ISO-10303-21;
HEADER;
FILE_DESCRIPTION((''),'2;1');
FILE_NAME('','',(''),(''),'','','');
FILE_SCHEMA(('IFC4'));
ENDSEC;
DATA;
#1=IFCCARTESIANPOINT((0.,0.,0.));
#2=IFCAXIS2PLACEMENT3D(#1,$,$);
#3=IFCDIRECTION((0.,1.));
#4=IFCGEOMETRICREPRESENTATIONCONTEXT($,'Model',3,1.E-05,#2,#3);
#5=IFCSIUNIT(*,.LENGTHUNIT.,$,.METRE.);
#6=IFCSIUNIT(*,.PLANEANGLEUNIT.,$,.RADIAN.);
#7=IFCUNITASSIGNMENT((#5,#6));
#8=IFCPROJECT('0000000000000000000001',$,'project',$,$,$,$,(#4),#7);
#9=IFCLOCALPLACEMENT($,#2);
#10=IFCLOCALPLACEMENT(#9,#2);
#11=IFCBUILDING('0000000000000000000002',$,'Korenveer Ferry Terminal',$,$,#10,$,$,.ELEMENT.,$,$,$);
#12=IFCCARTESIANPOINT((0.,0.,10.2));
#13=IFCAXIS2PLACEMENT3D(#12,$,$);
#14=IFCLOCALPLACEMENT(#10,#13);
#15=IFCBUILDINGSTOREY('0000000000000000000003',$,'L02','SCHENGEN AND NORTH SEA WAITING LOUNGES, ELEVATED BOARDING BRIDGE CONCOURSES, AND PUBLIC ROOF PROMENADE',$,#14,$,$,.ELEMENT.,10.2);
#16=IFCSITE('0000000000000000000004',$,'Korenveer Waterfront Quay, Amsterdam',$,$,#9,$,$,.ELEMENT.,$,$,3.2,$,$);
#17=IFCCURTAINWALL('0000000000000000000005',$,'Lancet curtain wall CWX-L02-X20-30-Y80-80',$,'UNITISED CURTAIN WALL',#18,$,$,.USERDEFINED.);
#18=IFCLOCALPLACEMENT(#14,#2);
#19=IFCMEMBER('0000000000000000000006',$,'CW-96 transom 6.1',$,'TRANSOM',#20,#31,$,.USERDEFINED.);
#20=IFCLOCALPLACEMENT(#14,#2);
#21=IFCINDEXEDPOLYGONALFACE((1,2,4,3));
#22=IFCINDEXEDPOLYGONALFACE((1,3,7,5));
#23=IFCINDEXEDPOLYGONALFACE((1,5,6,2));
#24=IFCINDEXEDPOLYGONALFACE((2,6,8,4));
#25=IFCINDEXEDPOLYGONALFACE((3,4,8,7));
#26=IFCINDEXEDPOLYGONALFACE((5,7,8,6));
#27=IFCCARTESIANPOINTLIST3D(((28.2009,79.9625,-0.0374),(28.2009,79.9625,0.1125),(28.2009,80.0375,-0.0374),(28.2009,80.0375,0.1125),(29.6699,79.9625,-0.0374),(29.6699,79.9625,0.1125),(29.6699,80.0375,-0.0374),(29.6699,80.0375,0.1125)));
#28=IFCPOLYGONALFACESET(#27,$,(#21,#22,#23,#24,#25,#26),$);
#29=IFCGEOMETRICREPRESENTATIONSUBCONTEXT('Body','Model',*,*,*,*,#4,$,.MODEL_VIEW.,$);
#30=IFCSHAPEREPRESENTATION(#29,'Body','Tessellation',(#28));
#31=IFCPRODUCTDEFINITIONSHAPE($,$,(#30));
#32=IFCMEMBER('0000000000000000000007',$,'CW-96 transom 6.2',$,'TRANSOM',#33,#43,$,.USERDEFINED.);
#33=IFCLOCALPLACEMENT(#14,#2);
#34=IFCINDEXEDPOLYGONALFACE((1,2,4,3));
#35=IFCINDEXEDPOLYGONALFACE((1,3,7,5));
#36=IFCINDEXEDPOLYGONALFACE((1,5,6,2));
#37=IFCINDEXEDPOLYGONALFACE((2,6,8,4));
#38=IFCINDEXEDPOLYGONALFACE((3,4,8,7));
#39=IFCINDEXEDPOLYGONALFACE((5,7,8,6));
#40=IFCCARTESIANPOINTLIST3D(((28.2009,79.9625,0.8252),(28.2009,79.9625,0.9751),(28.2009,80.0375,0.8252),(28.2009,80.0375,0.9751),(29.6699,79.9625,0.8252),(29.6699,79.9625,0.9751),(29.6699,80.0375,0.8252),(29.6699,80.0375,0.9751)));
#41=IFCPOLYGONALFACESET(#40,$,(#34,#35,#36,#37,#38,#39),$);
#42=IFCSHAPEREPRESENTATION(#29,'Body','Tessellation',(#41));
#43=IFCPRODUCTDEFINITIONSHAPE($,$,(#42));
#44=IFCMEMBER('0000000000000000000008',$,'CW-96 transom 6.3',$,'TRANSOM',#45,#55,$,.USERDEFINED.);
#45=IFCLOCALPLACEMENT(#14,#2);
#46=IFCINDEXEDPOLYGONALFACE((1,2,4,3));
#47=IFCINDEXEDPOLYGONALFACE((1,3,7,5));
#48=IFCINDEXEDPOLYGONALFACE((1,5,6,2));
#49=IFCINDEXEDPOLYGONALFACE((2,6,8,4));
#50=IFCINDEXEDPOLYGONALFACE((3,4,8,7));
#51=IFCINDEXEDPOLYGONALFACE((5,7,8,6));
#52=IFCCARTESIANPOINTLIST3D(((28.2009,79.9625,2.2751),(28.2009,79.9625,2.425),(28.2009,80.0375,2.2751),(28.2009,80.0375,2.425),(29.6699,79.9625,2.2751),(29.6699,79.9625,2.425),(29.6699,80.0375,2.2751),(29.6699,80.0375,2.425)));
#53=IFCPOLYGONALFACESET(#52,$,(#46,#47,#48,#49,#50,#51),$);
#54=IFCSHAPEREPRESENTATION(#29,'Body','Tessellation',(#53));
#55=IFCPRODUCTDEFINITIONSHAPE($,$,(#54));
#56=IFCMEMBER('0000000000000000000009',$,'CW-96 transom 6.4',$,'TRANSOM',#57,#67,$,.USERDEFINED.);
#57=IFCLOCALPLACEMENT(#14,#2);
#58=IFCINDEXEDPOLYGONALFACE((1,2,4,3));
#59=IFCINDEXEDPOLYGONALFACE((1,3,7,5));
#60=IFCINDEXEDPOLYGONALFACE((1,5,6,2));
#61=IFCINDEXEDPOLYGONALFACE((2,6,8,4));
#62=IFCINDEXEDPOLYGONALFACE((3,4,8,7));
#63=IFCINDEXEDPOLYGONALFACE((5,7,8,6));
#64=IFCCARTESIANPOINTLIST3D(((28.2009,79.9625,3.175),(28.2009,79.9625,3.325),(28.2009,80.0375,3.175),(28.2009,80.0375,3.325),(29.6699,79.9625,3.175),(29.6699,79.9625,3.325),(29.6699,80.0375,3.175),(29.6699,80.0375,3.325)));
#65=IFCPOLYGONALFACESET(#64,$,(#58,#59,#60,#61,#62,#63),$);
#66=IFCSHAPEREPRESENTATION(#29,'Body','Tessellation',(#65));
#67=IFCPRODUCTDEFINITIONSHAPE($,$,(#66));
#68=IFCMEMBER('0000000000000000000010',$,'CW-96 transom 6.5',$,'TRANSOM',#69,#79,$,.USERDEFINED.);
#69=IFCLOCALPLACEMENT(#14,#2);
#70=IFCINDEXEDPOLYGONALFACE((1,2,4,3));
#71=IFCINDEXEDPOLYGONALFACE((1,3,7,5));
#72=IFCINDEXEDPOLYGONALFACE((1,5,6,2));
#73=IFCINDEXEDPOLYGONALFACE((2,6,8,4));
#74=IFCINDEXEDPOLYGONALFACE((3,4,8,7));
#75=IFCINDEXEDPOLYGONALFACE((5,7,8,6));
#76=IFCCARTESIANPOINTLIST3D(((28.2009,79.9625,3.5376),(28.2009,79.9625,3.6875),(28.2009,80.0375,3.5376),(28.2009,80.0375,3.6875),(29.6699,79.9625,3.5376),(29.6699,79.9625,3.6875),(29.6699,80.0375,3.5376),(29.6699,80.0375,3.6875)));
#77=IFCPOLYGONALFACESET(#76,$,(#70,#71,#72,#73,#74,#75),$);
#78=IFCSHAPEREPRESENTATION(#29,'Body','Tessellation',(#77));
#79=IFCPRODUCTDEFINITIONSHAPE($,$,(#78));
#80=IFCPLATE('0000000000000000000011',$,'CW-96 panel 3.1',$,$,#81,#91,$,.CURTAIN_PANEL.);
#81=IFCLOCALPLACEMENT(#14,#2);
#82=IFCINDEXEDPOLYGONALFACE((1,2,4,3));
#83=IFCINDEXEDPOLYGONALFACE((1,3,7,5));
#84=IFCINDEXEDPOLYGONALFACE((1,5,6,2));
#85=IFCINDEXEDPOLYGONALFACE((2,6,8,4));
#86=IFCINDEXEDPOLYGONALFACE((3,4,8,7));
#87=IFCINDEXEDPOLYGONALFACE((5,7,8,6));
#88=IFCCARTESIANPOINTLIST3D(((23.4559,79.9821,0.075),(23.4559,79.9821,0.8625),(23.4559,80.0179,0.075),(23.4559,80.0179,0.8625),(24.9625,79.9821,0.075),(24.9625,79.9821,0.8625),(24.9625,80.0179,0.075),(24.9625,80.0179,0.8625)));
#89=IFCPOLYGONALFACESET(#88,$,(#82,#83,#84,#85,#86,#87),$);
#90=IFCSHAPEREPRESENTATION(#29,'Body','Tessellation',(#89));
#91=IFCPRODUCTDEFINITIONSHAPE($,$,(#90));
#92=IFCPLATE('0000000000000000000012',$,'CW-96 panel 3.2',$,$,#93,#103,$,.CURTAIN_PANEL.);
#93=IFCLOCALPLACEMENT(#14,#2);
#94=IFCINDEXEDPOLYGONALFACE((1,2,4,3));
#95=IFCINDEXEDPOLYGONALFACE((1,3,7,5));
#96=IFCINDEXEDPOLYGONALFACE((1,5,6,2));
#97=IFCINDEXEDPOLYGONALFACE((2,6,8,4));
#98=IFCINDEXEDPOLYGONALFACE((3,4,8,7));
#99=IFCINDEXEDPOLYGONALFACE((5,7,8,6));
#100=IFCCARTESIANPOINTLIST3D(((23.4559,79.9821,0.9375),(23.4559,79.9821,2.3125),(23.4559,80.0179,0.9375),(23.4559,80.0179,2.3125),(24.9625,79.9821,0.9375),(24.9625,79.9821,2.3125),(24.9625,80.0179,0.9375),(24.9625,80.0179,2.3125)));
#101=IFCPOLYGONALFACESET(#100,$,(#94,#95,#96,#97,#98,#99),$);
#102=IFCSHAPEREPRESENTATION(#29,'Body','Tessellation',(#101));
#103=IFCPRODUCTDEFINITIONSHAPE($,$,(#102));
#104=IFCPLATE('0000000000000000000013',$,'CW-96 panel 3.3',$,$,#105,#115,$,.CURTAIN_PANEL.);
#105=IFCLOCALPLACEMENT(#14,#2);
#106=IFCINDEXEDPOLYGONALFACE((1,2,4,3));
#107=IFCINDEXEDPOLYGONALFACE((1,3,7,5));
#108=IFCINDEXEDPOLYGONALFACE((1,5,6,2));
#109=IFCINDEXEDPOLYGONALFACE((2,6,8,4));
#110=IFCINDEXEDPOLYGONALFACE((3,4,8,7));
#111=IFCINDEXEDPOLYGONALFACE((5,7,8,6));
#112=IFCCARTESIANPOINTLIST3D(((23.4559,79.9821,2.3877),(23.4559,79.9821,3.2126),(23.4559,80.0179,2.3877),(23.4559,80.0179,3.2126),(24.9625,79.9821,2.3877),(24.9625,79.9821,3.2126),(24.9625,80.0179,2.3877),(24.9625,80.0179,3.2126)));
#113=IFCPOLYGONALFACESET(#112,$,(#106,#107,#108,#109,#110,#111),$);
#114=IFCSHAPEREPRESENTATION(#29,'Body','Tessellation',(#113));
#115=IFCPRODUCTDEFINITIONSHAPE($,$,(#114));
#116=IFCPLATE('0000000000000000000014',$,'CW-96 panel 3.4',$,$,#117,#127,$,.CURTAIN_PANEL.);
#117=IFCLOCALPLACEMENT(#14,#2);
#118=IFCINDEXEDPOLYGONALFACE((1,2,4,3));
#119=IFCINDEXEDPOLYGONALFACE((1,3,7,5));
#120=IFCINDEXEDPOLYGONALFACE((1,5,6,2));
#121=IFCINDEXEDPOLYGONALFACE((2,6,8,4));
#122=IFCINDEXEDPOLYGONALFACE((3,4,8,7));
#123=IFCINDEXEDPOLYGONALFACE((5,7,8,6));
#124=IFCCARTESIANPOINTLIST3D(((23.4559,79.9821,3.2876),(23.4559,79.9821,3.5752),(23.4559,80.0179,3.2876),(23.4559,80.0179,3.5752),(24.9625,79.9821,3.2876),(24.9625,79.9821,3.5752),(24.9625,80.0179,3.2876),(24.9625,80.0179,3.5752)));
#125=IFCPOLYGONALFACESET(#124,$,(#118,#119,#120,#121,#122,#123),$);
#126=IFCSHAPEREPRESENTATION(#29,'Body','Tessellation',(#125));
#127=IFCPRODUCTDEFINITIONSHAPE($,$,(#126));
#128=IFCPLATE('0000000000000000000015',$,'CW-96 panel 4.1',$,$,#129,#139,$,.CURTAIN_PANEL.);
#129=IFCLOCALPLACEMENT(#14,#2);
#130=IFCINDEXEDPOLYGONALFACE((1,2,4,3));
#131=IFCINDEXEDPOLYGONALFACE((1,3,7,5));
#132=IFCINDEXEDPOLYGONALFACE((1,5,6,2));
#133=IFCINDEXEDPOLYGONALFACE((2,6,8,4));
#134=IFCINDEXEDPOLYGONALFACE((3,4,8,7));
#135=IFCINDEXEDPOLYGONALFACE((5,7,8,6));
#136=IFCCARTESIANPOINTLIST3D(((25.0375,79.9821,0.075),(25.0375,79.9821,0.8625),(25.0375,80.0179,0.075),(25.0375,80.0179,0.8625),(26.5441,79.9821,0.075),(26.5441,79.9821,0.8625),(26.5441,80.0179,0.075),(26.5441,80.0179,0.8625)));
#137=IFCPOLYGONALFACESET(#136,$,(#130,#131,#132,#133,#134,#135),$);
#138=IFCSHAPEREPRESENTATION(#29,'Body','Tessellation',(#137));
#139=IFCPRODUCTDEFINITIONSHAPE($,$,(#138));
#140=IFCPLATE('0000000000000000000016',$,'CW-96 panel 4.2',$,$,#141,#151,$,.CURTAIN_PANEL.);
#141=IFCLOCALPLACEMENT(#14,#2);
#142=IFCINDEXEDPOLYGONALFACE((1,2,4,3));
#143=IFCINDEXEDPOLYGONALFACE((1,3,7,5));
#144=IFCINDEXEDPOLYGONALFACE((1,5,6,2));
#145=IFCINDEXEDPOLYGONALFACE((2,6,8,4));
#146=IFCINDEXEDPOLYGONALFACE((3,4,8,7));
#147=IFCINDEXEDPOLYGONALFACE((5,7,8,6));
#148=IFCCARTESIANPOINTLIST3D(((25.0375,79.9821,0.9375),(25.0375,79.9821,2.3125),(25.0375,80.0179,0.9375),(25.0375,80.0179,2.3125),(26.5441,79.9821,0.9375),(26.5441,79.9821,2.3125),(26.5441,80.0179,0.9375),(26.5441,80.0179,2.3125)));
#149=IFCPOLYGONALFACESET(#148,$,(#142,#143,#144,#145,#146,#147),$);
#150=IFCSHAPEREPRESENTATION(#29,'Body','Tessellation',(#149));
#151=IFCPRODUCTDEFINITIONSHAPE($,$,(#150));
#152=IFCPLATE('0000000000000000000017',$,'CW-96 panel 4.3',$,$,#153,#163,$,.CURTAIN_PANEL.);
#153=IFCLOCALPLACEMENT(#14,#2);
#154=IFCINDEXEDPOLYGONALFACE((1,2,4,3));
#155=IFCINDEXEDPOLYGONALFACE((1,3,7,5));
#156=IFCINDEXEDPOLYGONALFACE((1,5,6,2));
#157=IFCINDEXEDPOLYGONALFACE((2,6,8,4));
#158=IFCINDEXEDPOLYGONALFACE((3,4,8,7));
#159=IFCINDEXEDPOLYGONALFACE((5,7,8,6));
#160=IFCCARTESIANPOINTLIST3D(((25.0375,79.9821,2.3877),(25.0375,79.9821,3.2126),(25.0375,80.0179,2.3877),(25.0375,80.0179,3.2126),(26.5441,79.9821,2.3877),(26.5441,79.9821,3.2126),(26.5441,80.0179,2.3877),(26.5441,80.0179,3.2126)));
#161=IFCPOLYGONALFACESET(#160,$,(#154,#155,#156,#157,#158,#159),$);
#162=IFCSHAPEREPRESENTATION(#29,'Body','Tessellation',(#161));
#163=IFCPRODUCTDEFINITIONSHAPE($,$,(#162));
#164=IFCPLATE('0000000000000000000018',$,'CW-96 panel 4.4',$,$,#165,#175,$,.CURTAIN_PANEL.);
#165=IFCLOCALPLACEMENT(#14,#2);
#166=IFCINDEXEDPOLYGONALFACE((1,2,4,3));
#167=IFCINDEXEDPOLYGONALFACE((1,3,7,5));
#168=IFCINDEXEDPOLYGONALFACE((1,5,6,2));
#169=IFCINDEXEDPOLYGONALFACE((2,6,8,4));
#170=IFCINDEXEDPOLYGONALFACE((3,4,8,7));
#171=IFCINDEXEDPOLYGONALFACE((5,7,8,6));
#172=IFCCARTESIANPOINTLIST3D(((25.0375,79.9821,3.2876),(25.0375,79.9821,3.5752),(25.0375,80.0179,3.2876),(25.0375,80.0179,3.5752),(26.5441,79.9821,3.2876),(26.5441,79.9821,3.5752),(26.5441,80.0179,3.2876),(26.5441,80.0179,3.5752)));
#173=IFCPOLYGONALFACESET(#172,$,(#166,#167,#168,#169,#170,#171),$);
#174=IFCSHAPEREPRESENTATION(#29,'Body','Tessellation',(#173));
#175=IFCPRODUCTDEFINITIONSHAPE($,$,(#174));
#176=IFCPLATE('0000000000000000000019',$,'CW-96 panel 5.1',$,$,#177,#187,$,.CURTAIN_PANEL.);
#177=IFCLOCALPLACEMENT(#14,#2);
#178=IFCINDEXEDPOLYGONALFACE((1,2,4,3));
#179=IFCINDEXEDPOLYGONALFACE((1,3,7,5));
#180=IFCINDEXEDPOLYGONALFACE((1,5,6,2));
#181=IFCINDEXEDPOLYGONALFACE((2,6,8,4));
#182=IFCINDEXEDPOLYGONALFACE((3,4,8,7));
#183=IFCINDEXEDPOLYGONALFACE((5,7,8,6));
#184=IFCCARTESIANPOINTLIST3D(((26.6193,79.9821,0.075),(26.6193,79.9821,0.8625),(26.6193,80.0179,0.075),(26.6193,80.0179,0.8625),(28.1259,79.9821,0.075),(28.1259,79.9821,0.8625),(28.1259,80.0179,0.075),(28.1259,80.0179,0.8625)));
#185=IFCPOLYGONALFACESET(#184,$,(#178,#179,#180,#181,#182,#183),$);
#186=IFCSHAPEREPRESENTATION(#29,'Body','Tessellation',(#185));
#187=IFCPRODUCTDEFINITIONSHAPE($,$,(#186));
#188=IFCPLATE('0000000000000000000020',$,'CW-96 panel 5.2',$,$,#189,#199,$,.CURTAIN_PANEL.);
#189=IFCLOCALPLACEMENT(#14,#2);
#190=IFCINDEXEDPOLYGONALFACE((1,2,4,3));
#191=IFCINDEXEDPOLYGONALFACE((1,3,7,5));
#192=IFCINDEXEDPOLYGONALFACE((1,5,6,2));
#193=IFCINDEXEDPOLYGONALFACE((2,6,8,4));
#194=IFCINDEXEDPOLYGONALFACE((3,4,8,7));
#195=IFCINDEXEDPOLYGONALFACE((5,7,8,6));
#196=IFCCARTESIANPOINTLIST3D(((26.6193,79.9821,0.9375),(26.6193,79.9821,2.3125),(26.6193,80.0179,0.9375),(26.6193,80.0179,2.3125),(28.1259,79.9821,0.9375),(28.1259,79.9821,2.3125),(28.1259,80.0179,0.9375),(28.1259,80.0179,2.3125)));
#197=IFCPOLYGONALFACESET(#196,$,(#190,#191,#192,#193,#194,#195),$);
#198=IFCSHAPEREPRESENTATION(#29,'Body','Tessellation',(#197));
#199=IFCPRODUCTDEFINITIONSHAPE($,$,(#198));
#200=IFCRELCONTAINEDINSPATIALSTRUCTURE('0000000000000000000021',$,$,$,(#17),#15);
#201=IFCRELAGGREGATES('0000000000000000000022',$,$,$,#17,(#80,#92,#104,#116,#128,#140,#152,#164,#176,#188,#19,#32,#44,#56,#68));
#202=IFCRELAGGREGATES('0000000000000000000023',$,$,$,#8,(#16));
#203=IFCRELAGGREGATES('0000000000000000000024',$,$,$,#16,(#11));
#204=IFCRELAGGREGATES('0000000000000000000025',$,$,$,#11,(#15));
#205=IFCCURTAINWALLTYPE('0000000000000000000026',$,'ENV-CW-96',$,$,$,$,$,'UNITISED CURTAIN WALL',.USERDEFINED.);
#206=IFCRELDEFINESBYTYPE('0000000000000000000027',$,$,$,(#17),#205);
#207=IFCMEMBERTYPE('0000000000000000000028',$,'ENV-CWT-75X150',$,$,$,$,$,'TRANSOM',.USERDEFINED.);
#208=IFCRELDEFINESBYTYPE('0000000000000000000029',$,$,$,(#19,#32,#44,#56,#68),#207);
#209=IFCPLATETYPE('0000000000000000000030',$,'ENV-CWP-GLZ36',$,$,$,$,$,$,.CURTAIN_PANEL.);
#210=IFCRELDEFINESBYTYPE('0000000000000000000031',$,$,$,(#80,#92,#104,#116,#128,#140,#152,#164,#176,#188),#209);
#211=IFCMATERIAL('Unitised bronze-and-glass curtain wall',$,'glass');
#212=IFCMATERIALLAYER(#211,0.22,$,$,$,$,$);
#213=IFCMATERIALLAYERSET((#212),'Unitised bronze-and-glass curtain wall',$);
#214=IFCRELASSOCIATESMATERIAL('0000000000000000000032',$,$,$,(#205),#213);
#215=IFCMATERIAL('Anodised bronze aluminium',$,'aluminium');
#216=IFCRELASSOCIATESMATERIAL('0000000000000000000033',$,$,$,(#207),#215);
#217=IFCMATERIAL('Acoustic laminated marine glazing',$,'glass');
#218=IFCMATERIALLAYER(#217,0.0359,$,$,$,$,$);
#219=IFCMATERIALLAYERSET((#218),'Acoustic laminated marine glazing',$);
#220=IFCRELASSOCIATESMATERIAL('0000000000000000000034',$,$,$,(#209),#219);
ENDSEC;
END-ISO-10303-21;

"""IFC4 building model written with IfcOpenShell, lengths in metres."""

from ifc_helpers import new_model, si_unit, direction, frame, origin, origin_2d, place, context, subcontext, project, spatial, rectangle, extrude, material, layer, layer_set, material_profile, profile_set, type_object, element, aggregate, save


model = new_model("IFC4")

# Units and contexts
model_context = context("Model", 3, precision=1e-05, world=origin(), true_north=direction((0.0, 1.0)))
body_context = subcontext(model_context, "Body", "Model", "MODEL_VIEW")
ifc_project = project(units=[si_unit("LENGTHUNIT", "METRE"), si_unit("PLANEANGLEUNIT", "RADIAN")], contexts=[model_context])

# Site, building, storey
site_placement = place(None, origin())
site = spatial("IfcSite", under=ifc_project, at=site_placement, Name="Korenveer Waterfront Quay, Amsterdam", CompositionType="ELEMENT", RefElevation=3.2)
building_placement = place(site_placement, origin())
building = spatial("IfcBuilding", under=site, at=building_placement, Name="Korenveer Ferry Terminal", CompositionType="ELEMENT")
storey_placement = place(building_placement, frame((0.0, 0.0, 10.2)))
storey = spatial("IfcBuildingStorey", under=building, at=storey_placement, Name="L02", Description="SCHENGEN AND NORTH SEA WAITING LOUNGES, ELEVATED BOARDING BRIDGE CONCOURSES, AND PUBLIC ROOF PROMENADE", CompositionType="ELEMENT", Elevation=10.2)

# Curtain wall, members, plates
ifc_material_1 = material(Name="Unitised bronze-and-glass curtain wall", Category="glass")
ifc_layer_1 = layer(ifc_material_1, 0.22)
ifc_layer_set_1 = layer_set([ifc_layer_1], Name="Unitised bronze-and-glass curtain wall")
curtain_wall_type = type_object("IfcCurtainWallType", Name="ENV-CW-96", ElementType="UNITISED CURTAIN WALL", PredefinedType="USERDEFINED", material=ifc_layer_set_1)
curtain_wall_placement = place(storey_placement, frame((20.2549, 80.0, 0.0)))
curtain_wall = element("IfcCurtainWall", 1, at=curtain_wall_placement, inside=storey, type_object=curtain_wall_type, Name="Lancet curtain wall CWX-L02-X20-30-Y80-80", ObjectType="UNITISED CURTAIN WALL", PredefinedType="USERDEFINED")
ifc_material_2 = material(Name="Anodised bronze aluminium", Category="aluminium")
ifc_material_profile_1 = material_profile(ifc_material_2, rectangle(XDim=0.075, YDim=0.1499, at=origin_2d()), Name="ALU 75x150")
ifc_profile_set_1 = profile_set([ifc_material_profile_1], Name="Anodised bronze aluminium")
member_type_1 = type_object("IfcMemberType", Name="ENV-CWT-75X150", ElementType="TRANSOM", PredefinedType="USERDEFINED", material=ifc_profile_set_1)
member_1_placement = place(storey_placement, frame((28.2009, 80.0, 0.0376), z_axis=(1.0, 0.0, 0.0), x_axis=(0.0, 1.0, 0.0)))
member_1 = element("IfcMember", 2, at=member_1_placement, type_object=member_type_1, Name="CW-96 transom 6.1", ObjectType="TRANSOM", PredefinedType="USERDEFINED", context=body_context, shape_type="SweptSolid", body=[
    extrude(rectangle(XDim=0.075, YDim=0.1499, at=origin_2d()), origin(), (0.0, 0.0, 1.0), 1.469),
])
member_2_placement = place(storey_placement, frame((28.2009, 80.0, 0.9001), z_axis=(1.0, 0.0, 0.0), x_axis=(0.0, 1.0, 0.0)))
member_2 = element("IfcMember", 3, at=member_2_placement, type_object=member_type_1, Name="CW-96 transom 6.2", ObjectType="TRANSOM", PredefinedType="USERDEFINED", context=body_context, shape_type="SweptSolid", body=[
    extrude(rectangle(XDim=0.075, YDim=0.1499, at=origin_2d()), origin(), (0.0, 0.0, 1.0), 1.469),
])
member_3_placement = place(storey_placement, frame((28.2009, 80.0, 2.3501), z_axis=(1.0, 0.0, 0.0), x_axis=(0.0, 1.0, 0.0)))
member_3 = element("IfcMember", 4, at=member_3_placement, type_object=member_type_1, Name="CW-96 transom 6.3", ObjectType="TRANSOM", PredefinedType="USERDEFINED", context=body_context, shape_type="SweptSolid", body=[
    extrude(rectangle(XDim=0.075, YDim=0.1499, at=origin_2d()), origin(), (0.0, 0.0, 1.0), 1.469),
])
member_4_placement = place(storey_placement, frame((28.2009, 80.0, 3.25), z_axis=(1.0, 0.0, 0.0), x_axis=(0.0, 1.0, 0.0)))
member_4 = element("IfcMember", 5, at=member_4_placement, type_object=member_type_1, Name="CW-96 transom 6.4", ObjectType="TRANSOM", PredefinedType="USERDEFINED", context=body_context, shape_type="SweptSolid", body=[
    extrude(rectangle(XDim=0.075, YDim=0.1499, at=origin_2d()), origin(), (0.0, 0.0, 1.0), 1.469),
])
member_5_placement = place(storey_placement, frame((28.2009, 80.0, 3.6125), z_axis=(1.0, 0.0, 0.0), x_axis=(0.0, 1.0, 0.0)))
member_5 = element("IfcMember", 6, at=member_5_placement, type_object=member_type_1, Name="CW-96 transom 6.5", ObjectType="TRANSOM", PredefinedType="USERDEFINED", context=body_context, shape_type="SweptSolid", body=[
    extrude(rectangle(XDim=0.075, YDim=0.1499, at=origin_2d()), origin(), (0.0, 0.0, 1.0), 1.469),
])
ifc_material_3 = material(Name="Acoustic laminated marine glazing", Category="glass")
ifc_layer_2 = layer(ifc_material_3, 0.0359)
ifc_layer_set_2 = layer_set([ifc_layer_2], Name="Acoustic laminated marine glazing")
plate_type = type_object("IfcPlateType", Name="ENV-CWP-GLZ36", PredefinedType="CURTAIN_PANEL", material=ifc_layer_set_2)
plate_1_placement = place(storey_placement, frame((24.2092, 80.0, 0.075), z_axis=(0.0, 0.0, 1.0), x_axis=(1.0, 0.0, 0.0)))
plate_1 = element("IfcPlate", 7, at=plate_1_placement, type_object=plate_type, Name="CW-96 panel 3.1", PredefinedType="CURTAIN_PANEL", context=body_context, shape_type="SweptSolid", body=[
    extrude(rectangle(XDim=1.5066, YDim=0.0359, at=origin_2d()), origin(), (0.0, 0.0, 1.0), 0.7876),
])
plate_2_placement = place(storey_placement, frame((24.2092, 80.0, 0.9375), z_axis=(0.0, 0.0, 1.0), x_axis=(1.0, 0.0, 0.0)))
plate_2 = element("IfcPlate", 8, at=plate_2_placement, type_object=plate_type, Name="CW-96 panel 3.2", PredefinedType="CURTAIN_PANEL", context=body_context, shape_type="SweptSolid", body=[
    extrude(rectangle(XDim=1.5066, YDim=0.0359, at=origin_2d()), origin(), (0.0, 0.0, 1.0), 1.375),
])
plate_3_placement = place(storey_placement, frame((24.2092, 80.0, 2.3877), z_axis=(0.0, 0.0, 1.0), x_axis=(1.0, 0.0, 0.0)))
plate_3 = element("IfcPlate", 9, at=plate_3_placement, type_object=plate_type, Name="CW-96 panel 3.3", PredefinedType="CURTAIN_PANEL", context=body_context, shape_type="SweptSolid", body=[
    extrude(rectangle(XDim=1.5066, YDim=0.0359, at=origin_2d()), origin(), (0.0, 0.0, 1.0), 0.825),
])
plate_4_placement = place(storey_placement, frame((24.2092, 80.0, 3.2876), z_axis=(0.0, 0.0, 1.0), x_axis=(1.0, 0.0, 0.0)))
plate_4 = element("IfcPlate", 10, at=plate_4_placement, type_object=plate_type, Name="CW-96 panel 3.4", PredefinedType="CURTAIN_PANEL", context=body_context, shape_type="SweptSolid", body=[
    extrude(rectangle(XDim=1.5066, YDim=0.0359, at=origin_2d()), origin(), (0.0, 0.0, 1.0), 0.2876),
])
plate_5_placement = place(storey_placement, frame((25.7908, 80.0, 0.075), z_axis=(0.0, 0.0, 1.0), x_axis=(1.0, 0.0, 0.0)))
plate_5 = element("IfcPlate", 11, at=plate_5_placement, type_object=plate_type, Name="CW-96 panel 4.1", PredefinedType="CURTAIN_PANEL", context=body_context, shape_type="SweptSolid", body=[
    extrude(rectangle(XDim=1.5066, YDim=0.0359, at=origin_2d()), origin(), (0.0, 0.0, 1.0), 0.7876),
])
plate_6_placement = place(storey_placement, frame((25.7908, 80.0, 0.9375), z_axis=(0.0, 0.0, 1.0), x_axis=(1.0, 0.0, 0.0)))
plate_6 = element("IfcPlate", 12, at=plate_6_placement, type_object=plate_type, Name="CW-96 panel 4.2", PredefinedType="CURTAIN_PANEL", context=body_context, shape_type="SweptSolid", body=[
    extrude(rectangle(XDim=1.5066, YDim=0.0359, at=origin_2d()), origin(), (0.0, 0.0, 1.0), 1.375),
])
plate_7_placement = place(storey_placement, frame((25.7908, 80.0, 2.3877), z_axis=(0.0, 0.0, 1.0), x_axis=(1.0, 0.0, 0.0)))
plate_7 = element("IfcPlate", 13, at=plate_7_placement, type_object=plate_type, Name="CW-96 panel 4.3", PredefinedType="CURTAIN_PANEL", context=body_context, shape_type="SweptSolid", body=[
    extrude(rectangle(XDim=1.5066, YDim=0.0359, at=origin_2d()), origin(), (0.0, 0.0, 1.0), 0.825),
])
plate_8_placement = place(storey_placement, frame((25.7908, 80.0, 3.2876), z_axis=(0.0, 0.0, 1.0), x_axis=(1.0, 0.0, 0.0)))
plate_8 = element("IfcPlate", 14, at=plate_8_placement, type_object=plate_type, Name="CW-96 panel 4.4", PredefinedType="CURTAIN_PANEL", context=body_context, shape_type="SweptSolid", body=[
    extrude(rectangle(XDim=1.5066, YDim=0.0359, at=origin_2d()), origin(), (0.0, 0.0, 1.0), 0.2876),
])
plate_9_placement = place(storey_placement, frame((27.3726, 80.0, 0.075), z_axis=(0.0, 0.0, 1.0), x_axis=(1.0, 0.0, 0.0)))
plate_9 = element("IfcPlate", 15, at=plate_9_placement, type_object=plate_type, Name="CW-96 panel 5.1", PredefinedType="CURTAIN_PANEL", context=body_context, shape_type="SweptSolid", body=[
    extrude(rectangle(XDim=1.5066, YDim=0.0359, at=origin_2d()), origin(), (0.0, 0.0, 1.0), 0.7876),
])
plate_10_placement = place(storey_placement, frame((27.3726, 80.0, 0.9375), z_axis=(0.0, 0.0, 1.0), x_axis=(1.0, 0.0, 0.0)))
plate_10 = element("IfcPlate", 16, at=plate_10_placement, type_object=plate_type, Name="CW-96 panel 5.2", PredefinedType="CURTAIN_PANEL", context=body_context, shape_type="SweptSolid", body=[
    extrude(rectangle(XDim=1.5066, YDim=0.0359, at=origin_2d()), origin(), (0.0, 0.0, 1.0), 1.375),
])
aggregate(curtain_wall, [plate_1, plate_2, plate_3, plate_4, plate_5, plate_6, plate_7, plate_8, plate_9, plate_10, member_1, member_2, member_3, member_4, member_5])

save(model, "model.ifc")
